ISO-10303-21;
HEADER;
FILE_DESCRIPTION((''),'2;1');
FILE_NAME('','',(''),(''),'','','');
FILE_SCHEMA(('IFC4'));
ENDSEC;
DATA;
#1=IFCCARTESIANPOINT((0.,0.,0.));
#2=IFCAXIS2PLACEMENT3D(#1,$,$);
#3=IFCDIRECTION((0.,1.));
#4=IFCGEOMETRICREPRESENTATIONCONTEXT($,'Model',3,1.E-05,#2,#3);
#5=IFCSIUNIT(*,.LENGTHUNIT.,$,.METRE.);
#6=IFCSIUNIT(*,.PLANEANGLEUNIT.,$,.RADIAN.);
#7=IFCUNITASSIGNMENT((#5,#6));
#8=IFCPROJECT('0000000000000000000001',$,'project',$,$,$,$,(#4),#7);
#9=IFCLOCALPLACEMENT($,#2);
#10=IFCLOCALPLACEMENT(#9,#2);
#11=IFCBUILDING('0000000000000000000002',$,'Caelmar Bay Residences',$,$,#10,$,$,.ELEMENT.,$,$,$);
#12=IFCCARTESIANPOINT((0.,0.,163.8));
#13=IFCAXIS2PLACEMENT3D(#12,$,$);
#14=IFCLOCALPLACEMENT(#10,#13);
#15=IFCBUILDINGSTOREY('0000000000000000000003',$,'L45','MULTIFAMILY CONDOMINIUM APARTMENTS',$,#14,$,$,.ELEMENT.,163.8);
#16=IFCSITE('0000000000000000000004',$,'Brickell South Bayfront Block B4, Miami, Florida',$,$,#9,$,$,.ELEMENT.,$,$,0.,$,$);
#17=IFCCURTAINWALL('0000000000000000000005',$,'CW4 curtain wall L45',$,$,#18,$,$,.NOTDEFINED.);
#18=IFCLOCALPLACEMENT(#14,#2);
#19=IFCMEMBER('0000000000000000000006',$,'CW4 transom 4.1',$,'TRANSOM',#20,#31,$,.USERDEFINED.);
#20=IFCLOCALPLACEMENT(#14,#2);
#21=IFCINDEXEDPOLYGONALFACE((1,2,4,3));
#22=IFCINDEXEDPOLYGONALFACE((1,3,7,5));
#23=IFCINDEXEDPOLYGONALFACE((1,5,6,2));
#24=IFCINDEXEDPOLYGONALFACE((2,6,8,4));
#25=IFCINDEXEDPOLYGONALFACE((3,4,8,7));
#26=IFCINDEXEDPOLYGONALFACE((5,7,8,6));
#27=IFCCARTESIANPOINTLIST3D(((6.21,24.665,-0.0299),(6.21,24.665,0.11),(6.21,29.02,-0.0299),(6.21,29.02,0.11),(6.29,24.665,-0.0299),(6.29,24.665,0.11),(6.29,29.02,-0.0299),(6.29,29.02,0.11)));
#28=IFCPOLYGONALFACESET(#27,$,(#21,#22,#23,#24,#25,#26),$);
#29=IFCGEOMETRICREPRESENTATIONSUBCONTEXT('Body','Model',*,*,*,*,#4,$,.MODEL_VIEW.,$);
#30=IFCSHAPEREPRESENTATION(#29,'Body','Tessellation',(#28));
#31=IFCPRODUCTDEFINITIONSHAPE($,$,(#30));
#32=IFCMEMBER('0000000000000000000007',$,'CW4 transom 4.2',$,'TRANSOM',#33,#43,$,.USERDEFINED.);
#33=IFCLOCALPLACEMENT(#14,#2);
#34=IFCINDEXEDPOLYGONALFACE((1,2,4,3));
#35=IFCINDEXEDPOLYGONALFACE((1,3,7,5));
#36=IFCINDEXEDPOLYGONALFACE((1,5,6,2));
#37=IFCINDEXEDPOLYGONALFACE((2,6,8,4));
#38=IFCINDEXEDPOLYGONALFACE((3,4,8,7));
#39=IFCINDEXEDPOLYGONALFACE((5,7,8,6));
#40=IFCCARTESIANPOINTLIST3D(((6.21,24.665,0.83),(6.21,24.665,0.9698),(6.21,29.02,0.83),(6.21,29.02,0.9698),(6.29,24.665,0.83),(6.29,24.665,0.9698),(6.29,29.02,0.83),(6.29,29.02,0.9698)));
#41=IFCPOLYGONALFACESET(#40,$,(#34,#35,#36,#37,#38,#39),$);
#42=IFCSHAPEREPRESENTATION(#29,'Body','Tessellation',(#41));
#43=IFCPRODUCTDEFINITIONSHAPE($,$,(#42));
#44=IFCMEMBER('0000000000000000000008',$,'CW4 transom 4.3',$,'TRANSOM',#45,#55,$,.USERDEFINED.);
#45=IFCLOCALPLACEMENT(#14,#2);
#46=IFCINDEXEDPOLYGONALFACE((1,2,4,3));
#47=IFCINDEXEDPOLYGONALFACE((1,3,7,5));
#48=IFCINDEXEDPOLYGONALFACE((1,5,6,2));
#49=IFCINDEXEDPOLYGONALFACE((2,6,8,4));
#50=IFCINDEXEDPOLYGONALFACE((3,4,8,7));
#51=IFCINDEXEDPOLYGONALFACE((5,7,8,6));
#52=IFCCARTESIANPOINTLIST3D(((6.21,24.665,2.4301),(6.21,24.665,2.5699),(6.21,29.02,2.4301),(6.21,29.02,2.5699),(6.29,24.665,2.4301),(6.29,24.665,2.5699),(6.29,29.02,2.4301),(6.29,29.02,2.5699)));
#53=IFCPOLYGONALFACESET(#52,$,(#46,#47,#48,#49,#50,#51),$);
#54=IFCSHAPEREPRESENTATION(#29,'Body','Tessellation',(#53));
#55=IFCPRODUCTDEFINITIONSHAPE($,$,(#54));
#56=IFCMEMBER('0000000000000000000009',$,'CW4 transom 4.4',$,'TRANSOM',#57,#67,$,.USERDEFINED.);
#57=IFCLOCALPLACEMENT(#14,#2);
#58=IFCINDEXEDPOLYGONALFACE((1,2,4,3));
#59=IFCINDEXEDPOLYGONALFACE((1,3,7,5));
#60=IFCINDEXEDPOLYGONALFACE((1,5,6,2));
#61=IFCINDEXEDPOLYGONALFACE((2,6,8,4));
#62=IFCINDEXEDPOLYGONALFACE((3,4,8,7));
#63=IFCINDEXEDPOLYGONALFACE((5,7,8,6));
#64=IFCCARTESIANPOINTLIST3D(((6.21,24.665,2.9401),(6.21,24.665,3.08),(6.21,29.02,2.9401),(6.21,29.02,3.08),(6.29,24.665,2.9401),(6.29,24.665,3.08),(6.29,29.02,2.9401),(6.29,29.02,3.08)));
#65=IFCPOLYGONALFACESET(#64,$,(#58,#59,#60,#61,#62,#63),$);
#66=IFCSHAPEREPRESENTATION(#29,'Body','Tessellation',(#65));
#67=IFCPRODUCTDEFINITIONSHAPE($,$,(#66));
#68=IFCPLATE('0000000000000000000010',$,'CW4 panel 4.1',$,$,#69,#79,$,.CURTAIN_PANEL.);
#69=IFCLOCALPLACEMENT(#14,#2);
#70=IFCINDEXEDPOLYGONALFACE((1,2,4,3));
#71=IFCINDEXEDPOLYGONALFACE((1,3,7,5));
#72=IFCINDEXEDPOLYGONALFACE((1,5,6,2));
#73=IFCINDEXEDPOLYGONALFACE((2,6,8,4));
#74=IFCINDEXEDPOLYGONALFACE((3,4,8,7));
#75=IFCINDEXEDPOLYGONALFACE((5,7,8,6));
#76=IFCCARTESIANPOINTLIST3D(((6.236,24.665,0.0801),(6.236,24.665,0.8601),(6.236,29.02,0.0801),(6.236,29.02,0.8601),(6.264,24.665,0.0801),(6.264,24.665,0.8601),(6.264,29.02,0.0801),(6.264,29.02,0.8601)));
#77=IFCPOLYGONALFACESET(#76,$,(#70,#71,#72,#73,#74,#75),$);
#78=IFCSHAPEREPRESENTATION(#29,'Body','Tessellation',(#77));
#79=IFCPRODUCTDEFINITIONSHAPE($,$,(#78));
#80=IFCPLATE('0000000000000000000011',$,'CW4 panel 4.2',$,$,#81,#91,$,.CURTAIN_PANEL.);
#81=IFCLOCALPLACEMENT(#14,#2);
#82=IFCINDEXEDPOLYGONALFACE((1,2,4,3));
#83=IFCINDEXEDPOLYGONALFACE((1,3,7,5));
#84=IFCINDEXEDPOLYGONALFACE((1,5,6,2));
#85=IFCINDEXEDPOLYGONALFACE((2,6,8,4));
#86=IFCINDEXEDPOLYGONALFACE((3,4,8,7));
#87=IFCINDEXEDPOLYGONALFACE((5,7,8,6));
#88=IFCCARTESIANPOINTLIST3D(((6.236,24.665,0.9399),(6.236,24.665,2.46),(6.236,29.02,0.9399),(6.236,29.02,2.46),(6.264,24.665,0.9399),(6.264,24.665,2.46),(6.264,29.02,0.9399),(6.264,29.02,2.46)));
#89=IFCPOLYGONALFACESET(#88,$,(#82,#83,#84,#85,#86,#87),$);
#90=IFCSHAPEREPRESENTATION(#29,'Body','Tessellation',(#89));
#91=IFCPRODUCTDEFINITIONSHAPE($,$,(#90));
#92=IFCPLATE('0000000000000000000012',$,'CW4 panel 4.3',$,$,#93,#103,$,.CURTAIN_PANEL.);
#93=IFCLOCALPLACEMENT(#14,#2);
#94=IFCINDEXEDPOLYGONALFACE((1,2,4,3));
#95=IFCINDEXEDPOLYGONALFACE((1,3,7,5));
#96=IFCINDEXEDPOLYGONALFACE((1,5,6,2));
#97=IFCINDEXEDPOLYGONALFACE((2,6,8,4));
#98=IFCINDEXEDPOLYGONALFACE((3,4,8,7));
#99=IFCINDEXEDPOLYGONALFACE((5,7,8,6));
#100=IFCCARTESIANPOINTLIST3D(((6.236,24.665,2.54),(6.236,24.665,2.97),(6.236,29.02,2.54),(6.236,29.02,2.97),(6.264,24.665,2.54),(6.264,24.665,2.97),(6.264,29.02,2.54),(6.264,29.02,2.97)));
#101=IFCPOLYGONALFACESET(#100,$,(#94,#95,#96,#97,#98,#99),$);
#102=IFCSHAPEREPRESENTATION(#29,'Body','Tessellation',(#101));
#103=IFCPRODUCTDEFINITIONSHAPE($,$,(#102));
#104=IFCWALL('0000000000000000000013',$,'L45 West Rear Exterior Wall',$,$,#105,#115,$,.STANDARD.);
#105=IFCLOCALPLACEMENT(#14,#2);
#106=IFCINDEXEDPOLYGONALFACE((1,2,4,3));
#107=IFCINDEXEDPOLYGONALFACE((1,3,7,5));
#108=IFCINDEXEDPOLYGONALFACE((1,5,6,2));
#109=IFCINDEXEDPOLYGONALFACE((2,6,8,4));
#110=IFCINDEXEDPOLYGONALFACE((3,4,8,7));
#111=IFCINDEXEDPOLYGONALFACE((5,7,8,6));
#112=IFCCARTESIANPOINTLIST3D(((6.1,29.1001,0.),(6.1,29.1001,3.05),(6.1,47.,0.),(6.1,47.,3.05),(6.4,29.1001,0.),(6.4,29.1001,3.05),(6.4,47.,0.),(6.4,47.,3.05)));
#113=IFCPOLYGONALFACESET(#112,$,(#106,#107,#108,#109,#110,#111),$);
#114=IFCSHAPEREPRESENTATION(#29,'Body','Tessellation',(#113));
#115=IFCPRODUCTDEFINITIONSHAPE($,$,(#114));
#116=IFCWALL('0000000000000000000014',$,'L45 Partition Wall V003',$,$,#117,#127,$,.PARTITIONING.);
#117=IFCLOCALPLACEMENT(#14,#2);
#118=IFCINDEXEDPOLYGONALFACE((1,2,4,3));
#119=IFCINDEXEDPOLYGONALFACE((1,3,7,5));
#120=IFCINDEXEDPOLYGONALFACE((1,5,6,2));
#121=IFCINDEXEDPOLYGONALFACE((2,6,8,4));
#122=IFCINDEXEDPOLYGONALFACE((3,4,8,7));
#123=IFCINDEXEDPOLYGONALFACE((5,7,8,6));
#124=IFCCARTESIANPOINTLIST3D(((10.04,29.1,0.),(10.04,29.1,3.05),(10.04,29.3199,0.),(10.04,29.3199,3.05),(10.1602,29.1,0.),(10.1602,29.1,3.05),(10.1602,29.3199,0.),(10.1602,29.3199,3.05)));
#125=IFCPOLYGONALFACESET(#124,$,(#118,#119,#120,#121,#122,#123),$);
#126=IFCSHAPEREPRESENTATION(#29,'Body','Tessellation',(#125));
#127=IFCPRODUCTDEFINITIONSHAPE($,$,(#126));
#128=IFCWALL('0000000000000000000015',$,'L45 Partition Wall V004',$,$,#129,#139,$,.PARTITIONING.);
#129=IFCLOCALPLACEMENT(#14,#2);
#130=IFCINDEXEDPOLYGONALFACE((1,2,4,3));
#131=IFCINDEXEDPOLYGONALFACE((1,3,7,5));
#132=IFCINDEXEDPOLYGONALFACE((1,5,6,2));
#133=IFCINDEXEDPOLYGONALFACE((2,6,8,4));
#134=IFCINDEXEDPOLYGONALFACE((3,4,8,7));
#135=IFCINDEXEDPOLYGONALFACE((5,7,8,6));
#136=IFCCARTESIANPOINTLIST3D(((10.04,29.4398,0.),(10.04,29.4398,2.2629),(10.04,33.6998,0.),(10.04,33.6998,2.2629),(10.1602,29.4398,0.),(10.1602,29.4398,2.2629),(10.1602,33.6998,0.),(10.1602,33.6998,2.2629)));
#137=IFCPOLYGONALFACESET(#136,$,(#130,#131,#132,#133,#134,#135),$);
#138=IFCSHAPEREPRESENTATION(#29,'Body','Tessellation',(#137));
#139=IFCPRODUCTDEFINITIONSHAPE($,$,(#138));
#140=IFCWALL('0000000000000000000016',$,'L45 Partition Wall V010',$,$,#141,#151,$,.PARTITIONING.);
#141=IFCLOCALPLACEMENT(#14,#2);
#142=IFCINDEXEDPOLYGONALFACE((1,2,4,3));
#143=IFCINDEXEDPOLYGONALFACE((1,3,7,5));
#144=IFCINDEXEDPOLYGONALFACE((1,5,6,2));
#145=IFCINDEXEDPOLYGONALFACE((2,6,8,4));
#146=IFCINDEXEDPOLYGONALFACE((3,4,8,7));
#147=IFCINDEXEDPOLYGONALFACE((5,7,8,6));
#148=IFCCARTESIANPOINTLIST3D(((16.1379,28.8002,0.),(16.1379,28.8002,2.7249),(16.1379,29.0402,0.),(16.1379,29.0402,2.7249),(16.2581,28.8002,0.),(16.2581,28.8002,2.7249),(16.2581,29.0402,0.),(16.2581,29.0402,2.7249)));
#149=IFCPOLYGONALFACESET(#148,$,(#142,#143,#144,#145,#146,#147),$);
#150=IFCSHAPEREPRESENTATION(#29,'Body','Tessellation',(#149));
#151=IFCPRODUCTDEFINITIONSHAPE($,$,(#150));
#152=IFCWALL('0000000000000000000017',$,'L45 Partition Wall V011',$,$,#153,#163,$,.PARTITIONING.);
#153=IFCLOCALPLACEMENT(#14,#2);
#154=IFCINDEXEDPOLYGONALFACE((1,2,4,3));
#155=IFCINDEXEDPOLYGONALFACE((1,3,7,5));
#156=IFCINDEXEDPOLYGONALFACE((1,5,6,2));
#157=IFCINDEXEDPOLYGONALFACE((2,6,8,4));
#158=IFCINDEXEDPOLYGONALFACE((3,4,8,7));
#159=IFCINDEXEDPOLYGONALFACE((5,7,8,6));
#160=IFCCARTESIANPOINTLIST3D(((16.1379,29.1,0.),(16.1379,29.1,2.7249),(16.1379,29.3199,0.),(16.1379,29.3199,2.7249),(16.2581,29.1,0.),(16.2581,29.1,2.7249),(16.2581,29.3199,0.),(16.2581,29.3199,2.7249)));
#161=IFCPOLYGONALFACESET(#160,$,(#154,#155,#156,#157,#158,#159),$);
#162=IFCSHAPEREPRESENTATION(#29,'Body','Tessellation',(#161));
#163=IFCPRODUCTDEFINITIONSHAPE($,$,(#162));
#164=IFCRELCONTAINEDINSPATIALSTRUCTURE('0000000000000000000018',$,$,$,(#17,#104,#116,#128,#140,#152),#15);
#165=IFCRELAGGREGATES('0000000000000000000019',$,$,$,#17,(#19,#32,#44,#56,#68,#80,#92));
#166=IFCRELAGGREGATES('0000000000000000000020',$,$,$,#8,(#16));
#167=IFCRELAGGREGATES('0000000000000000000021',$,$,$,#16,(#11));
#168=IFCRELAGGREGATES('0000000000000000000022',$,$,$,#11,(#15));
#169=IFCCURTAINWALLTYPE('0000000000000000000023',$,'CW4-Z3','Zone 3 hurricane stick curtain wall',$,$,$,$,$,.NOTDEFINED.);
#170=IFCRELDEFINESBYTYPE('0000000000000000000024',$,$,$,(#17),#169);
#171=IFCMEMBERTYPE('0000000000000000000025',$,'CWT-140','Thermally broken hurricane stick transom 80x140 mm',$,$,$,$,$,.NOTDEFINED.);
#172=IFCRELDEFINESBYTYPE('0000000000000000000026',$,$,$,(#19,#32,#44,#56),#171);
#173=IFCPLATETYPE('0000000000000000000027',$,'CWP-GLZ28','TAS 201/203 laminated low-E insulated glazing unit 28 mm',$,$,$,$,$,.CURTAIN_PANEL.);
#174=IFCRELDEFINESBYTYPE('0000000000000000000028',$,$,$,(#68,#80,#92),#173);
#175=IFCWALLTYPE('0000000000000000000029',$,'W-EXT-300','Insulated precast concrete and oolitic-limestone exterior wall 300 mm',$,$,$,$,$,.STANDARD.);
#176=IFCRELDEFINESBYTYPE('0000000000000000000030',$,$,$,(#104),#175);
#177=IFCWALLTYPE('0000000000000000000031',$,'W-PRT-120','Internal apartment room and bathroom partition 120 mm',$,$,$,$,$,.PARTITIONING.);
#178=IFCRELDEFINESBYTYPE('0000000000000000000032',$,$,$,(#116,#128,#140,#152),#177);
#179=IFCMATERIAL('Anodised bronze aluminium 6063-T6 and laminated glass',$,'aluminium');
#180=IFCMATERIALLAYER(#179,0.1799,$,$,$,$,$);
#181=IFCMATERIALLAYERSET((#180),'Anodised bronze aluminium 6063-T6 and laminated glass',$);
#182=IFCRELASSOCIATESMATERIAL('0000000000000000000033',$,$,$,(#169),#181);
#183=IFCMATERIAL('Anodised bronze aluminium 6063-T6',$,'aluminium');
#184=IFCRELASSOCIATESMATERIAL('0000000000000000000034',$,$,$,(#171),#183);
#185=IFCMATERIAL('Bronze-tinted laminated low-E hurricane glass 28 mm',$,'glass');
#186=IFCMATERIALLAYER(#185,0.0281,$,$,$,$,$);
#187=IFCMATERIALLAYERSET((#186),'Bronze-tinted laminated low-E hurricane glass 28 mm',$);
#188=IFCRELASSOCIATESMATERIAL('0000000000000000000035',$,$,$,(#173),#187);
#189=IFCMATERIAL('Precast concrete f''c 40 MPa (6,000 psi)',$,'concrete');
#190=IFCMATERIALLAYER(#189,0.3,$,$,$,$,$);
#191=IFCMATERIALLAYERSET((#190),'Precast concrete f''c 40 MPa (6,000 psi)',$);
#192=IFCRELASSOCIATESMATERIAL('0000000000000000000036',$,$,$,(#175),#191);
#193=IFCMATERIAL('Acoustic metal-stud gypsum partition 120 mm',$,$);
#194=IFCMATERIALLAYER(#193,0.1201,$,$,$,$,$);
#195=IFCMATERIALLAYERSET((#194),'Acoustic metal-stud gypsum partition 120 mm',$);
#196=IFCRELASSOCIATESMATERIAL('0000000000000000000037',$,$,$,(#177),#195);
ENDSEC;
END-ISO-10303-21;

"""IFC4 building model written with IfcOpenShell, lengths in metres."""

from ifc_helpers import new_model, si_unit, direction, frame, frame_2d, origin, origin_2d, place, context, subcontext, project, spatial, rectangle, extrude, material, layer, layer_set, material_profile, profile_set, type_object, element, aggregate, save


model = new_model("IFC4")

# Units and contexts
model_context = context("Model", 3, precision=1e-05, world=origin(), true_north=direction((0.0, 1.0)))
body_context = subcontext(model_context, "Body", "Model", "MODEL_VIEW")
ifc_project = project(units=[si_unit("LENGTHUNIT", "METRE"), si_unit("PLANEANGLEUNIT", "RADIAN")], contexts=[model_context])

# Site, building, storey
site_placement = place(None, origin())
site = spatial("IfcSite", under=ifc_project, at=site_placement, Name="Brickell South Bayfront Block B4, Miami, Florida", CompositionType="ELEMENT", RefElevation=0.0)
building_placement = place(site_placement, origin())
building = spatial("IfcBuilding", under=site, at=building_placement, Name="Caelmar Bay Residences", CompositionType="ELEMENT")
storey_placement = place(building_placement, frame((0.0, 0.0, 163.8)))
storey = spatial("IfcBuildingStorey", under=building, at=storey_placement, Name="L45", Description="MULTIFAMILY CONDOMINIUM APARTMENTS", CompositionType="ELEMENT", Elevation=163.8)

# Curtain wall, members, plates
ifc_material_1 = material(Name="Anodised bronze aluminium 6063-T6 and laminated glass", Category="aluminium")
ifc_layer_1 = layer(ifc_material_1, 0.1799)
ifc_layer_set_1 = layer_set([ifc_layer_1], Name="Anodised bronze aluminium 6063-T6 and laminated glass")
curtain_wall_type = type_object("IfcCurtainWallType", Name="CW4-Z3", Description="Zone 3 hurricane stick curtain wall", PredefinedType="NOTDEFINED", material=ifc_layer_set_1)
curtain_wall_placement = place(storey_placement, origin())
curtain_wall = element("IfcCurtainWall", 1, at=curtain_wall_placement, inside=storey, type_object=curtain_wall_type, Name="CW4 curtain wall L45", PredefinedType="NOTDEFINED")
ifc_material_2 = material(Name="Anodised bronze aluminium 6063-T6", Category="aluminium")
ifc_material_profile_1 = material_profile(ifc_material_2, rectangle(XDim=0.0801, YDim=0.1399, at=origin_2d()), Name="CWT-80X140")
ifc_profile_set_1 = profile_set([ifc_material_profile_1], Name="Anodised bronze aluminium 6063-T6")
member_type_1 = type_object("IfcMemberType", Name="CWT-140", Description="Thermally broken hurricane stick transom 80x140 mm", PredefinedType="NOTDEFINED", material=ifc_profile_set_1)
member_1_placement = place(storey_placement, frame((6.25, 24.665, 0.04), z_axis=(0.0, 1.0, 0.0), x_axis=(-1.0, 0.0, 0.0)))
member_1 = element("IfcMember", 2, at=member_1_placement, type_object=member_type_1, Name="CW4 transom 4.1", ObjectType="TRANSOM", PredefinedType="USERDEFINED", context=body_context, shape_type="SweptSolid", body=[
    extrude(rectangle(XDim=0.0801, YDim=0.1399, at=origin_2d()), origin(), (0.0, 0.0, 1.0), 4.355),
])
member_2_placement = place(storey_placement, frame((6.25, 24.665, 0.8999), z_axis=(0.0, 1.0, 0.0), x_axis=(-1.0, 0.0, 0.0)))
member_2 = element("IfcMember", 3, at=member_2_placement, type_object=member_type_1, Name="CW4 transom 4.2", ObjectType="TRANSOM", PredefinedType="USERDEFINED", context=body_context, shape_type="SweptSolid", body=[
    extrude(rectangle(XDim=0.0801, YDim=0.1399, at=origin_2d()), origin(), (0.0, 0.0, 1.0), 4.355),
])
member_3_placement = place(storey_placement, frame((6.25, 24.665, 2.5), z_axis=(0.0, 1.0, 0.0), x_axis=(-1.0, 0.0, 0.0)))
member_3 = element("IfcMember", 4, at=member_3_placement, type_object=member_type_1, Name="CW4 transom 4.3", ObjectType="TRANSOM", PredefinedType="USERDEFINED", context=body_context, shape_type="SweptSolid", body=[
    extrude(rectangle(XDim=0.0801, YDim=0.1399, at=origin_2d()), origin(), (0.0, 0.0, 1.0), 4.355),
])
member_4_placement = place(storey_placement, frame((6.25, 24.665, 3.01), z_axis=(0.0, 1.0, 0.0), x_axis=(-1.0, 0.0, 0.0)))
member_4 = element("IfcMember", 5, at=member_4_placement, type_object=member_type_1, Name="CW4 transom 4.4", ObjectType="TRANSOM", PredefinedType="USERDEFINED", context=body_context, shape_type="SweptSolid", body=[
    extrude(rectangle(XDim=0.0801, YDim=0.1399, at=origin_2d()), origin(), (0.0, 0.0, 1.0), 4.355),
])
ifc_material_3 = material(Name="Bronze-tinted laminated low-E hurricane glass 28 mm", Category="glass")
ifc_layer_2 = layer(ifc_material_3, 0.0281)
ifc_layer_set_2 = layer_set([ifc_layer_2], Name="Bronze-tinted laminated low-E hurricane glass 28 mm")
plate_type = type_object("IfcPlateType", Name="CWP-GLZ28", Description="TAS 201/203 laminated low-E insulated glazing unit 28 mm", PredefinedType="CURTAIN_PANEL", material=ifc_layer_set_2)
plate_1_placement = place(storey_placement, frame((6.25, 26.8425, 0.0801), z_axis=(0.0, 0.0, 1.0), x_axis=(0.0, 1.0, 0.0)))
plate_1 = element("IfcPlate", 6, at=plate_1_placement, type_object=plate_type, Name="CW4 panel 4.1", PredefinedType="CURTAIN_PANEL", context=body_context, shape_type="SweptSolid", body=[
    extrude(rectangle(XDim=4.355, YDim=0.0281, at=origin_2d()), origin(), (0.0, 0.0, 1.0), 0.78),
])
plate_2_placement = place(storey_placement, frame((6.25, 26.8425, 0.9399), z_axis=(0.0, 0.0, 1.0), x_axis=(0.0, 1.0, 0.0)))
plate_2 = element("IfcPlate", 7, at=plate_2_placement, type_object=plate_type, Name="CW4 panel 4.2", PredefinedType="CURTAIN_PANEL", context=body_context, shape_type="SweptSolid", body=[
    extrude(rectangle(XDim=4.355, YDim=0.0281, at=origin_2d()), origin(), (0.0, 0.0, 1.0), 1.52),
])
plate_3_placement = place(storey_placement, frame((6.25, 26.8425, 2.54), z_axis=(0.0, 0.0, 1.0), x_axis=(0.0, 1.0, 0.0)))
plate_3 = element("IfcPlate", 8, at=plate_3_placement, type_object=plate_type, Name="CW4 panel 4.3", PredefinedType="CURTAIN_PANEL", context=body_context, shape_type="SweptSolid", body=[
    extrude(rectangle(XDim=4.355, YDim=0.0281, at=origin_2d()), origin(), (0.0, 0.0, 1.0), 0.4299),
])
aggregate(curtain_wall, [member_1, member_2, member_3, member_4, plate_1, plate_2, plate_3])

# Wall
ifc_material_4 = material(Name="Precast concrete f'c 40 MPa (6,000 psi)", Category="concrete")
ifc_layer_3 = layer(ifc_material_4, 0.3)
ifc_layer_set_3 = layer_set([ifc_layer_3], Name="Precast concrete f'c 40 MPa (6,000 psi)")
wall_type_1 = type_object("IfcWallType", Name="W-EXT-300", Description="Insulated precast concrete and oolitic-limestone exterior wall 300 mm", PredefinedType="STANDARD", material=ifc_layer_set_3)
wall_1_placement = place(storey_placement, frame((6.25, 29.1001, 0.0), z_axis=(0.0, 0.0, 1.0), x_axis=(0.0, 1.0, 0.0)))
element("IfcWall", 9, at=wall_1_placement, inside=storey, type_object=wall_type_1, Name="L45 West Rear Exterior Wall", PredefinedType="STANDARD", context=body_context, shape_type="SweptSolid", body=[
    extrude(rectangle(XDim=17.8999, YDim=0.3, at=frame_2d((8.95, 0.0))), origin(), (0.0, 0.0, 1.0), 3.05),
])

# Shared definitions
ifc_material_5 = material(Name="Acoustic metal-stud gypsum partition 120 mm")
ifc_layer_4 = layer(ifc_material_5, 0.1201)
ifc_layer_set_4 = layer_set([ifc_layer_4], Name="Acoustic metal-stud gypsum partition 120 mm")
wall_type_2 = type_object("IfcWallType", Name="W-PRT-120", Description="Internal apartment room and bathroom partition 120 mm", PredefinedType="PARTITIONING", material=ifc_layer_set_4)

# Walls
wall_2_placement = place(storey_placement, frame((10.1001, 29.1001, 0.0), z_axis=(0.0, 0.0, 1.0), x_axis=(0.0, 1.0, 0.0)))
element("IfcWall", 10, at=wall_2_placement, inside=storey, type_object=wall_type_2, Name="L45 Partition Wall V003", PredefinedType="PARTITIONING", context=body_context, shape_type="SweptSolid", body=[
    extrude(rectangle(XDim=0.22, YDim=0.1201, at=frame_2d((0.1099, 0.0))), origin(), (0.0, 0.0, 1.0), 3.05),
])
wall_3_placement = place(storey_placement, frame((10.1001, 29.4399, 0.0), z_axis=(0.0, 0.0, 1.0), x_axis=(0.0, 1.0, 0.0)))
element("IfcWall", 11, at=wall_3_placement, inside=storey, type_object=wall_type_2, Name="L45 Partition Wall V004", PredefinedType="PARTITIONING", context=body_context, shape_type="SweptSolid", body=[
    extrude(rectangle(XDim=4.26, YDim=0.1201, at=frame_2d((2.1299, 0.0))), origin(), (0.0, 0.0, 1.0), 2.2629),
])
wall_4_placement = place(storey_placement, frame((16.198, 28.8, 0.0), z_axis=(0.0, 0.0, 1.0), x_axis=(0.0, 1.0, 0.0)))
element("IfcWall", 12, at=wall_4_placement, inside=storey, type_object=wall_type_2, Name="L45 Partition Wall V010", PredefinedType="PARTITIONING", context=body_context, shape_type="SweptSolid", body=[
    extrude(rectangle(XDim=0.24, YDim=0.1201, at=frame_2d((0.1201, 0.0))), origin(), (0.0, 0.0, 1.0), 2.7249),
])
wall_5_placement = place(storey_placement, frame((16.198, 29.1001, 0.0), z_axis=(0.0, 0.0, 1.0), x_axis=(0.0, 1.0, 0.0)))
element("IfcWall", 13, at=wall_5_placement, inside=storey, type_object=wall_type_2, Name="L45 Partition Wall V011", PredefinedType="PARTITIONING", context=body_context, shape_type="SweptSolid", body=[
    extrude(rectangle(XDim=0.22, YDim=0.1201, at=frame_2d((0.1099, 0.0))), origin(), (0.0, 0.0, 1.0), 2.7249),
])

save(model, "model.ifc")
